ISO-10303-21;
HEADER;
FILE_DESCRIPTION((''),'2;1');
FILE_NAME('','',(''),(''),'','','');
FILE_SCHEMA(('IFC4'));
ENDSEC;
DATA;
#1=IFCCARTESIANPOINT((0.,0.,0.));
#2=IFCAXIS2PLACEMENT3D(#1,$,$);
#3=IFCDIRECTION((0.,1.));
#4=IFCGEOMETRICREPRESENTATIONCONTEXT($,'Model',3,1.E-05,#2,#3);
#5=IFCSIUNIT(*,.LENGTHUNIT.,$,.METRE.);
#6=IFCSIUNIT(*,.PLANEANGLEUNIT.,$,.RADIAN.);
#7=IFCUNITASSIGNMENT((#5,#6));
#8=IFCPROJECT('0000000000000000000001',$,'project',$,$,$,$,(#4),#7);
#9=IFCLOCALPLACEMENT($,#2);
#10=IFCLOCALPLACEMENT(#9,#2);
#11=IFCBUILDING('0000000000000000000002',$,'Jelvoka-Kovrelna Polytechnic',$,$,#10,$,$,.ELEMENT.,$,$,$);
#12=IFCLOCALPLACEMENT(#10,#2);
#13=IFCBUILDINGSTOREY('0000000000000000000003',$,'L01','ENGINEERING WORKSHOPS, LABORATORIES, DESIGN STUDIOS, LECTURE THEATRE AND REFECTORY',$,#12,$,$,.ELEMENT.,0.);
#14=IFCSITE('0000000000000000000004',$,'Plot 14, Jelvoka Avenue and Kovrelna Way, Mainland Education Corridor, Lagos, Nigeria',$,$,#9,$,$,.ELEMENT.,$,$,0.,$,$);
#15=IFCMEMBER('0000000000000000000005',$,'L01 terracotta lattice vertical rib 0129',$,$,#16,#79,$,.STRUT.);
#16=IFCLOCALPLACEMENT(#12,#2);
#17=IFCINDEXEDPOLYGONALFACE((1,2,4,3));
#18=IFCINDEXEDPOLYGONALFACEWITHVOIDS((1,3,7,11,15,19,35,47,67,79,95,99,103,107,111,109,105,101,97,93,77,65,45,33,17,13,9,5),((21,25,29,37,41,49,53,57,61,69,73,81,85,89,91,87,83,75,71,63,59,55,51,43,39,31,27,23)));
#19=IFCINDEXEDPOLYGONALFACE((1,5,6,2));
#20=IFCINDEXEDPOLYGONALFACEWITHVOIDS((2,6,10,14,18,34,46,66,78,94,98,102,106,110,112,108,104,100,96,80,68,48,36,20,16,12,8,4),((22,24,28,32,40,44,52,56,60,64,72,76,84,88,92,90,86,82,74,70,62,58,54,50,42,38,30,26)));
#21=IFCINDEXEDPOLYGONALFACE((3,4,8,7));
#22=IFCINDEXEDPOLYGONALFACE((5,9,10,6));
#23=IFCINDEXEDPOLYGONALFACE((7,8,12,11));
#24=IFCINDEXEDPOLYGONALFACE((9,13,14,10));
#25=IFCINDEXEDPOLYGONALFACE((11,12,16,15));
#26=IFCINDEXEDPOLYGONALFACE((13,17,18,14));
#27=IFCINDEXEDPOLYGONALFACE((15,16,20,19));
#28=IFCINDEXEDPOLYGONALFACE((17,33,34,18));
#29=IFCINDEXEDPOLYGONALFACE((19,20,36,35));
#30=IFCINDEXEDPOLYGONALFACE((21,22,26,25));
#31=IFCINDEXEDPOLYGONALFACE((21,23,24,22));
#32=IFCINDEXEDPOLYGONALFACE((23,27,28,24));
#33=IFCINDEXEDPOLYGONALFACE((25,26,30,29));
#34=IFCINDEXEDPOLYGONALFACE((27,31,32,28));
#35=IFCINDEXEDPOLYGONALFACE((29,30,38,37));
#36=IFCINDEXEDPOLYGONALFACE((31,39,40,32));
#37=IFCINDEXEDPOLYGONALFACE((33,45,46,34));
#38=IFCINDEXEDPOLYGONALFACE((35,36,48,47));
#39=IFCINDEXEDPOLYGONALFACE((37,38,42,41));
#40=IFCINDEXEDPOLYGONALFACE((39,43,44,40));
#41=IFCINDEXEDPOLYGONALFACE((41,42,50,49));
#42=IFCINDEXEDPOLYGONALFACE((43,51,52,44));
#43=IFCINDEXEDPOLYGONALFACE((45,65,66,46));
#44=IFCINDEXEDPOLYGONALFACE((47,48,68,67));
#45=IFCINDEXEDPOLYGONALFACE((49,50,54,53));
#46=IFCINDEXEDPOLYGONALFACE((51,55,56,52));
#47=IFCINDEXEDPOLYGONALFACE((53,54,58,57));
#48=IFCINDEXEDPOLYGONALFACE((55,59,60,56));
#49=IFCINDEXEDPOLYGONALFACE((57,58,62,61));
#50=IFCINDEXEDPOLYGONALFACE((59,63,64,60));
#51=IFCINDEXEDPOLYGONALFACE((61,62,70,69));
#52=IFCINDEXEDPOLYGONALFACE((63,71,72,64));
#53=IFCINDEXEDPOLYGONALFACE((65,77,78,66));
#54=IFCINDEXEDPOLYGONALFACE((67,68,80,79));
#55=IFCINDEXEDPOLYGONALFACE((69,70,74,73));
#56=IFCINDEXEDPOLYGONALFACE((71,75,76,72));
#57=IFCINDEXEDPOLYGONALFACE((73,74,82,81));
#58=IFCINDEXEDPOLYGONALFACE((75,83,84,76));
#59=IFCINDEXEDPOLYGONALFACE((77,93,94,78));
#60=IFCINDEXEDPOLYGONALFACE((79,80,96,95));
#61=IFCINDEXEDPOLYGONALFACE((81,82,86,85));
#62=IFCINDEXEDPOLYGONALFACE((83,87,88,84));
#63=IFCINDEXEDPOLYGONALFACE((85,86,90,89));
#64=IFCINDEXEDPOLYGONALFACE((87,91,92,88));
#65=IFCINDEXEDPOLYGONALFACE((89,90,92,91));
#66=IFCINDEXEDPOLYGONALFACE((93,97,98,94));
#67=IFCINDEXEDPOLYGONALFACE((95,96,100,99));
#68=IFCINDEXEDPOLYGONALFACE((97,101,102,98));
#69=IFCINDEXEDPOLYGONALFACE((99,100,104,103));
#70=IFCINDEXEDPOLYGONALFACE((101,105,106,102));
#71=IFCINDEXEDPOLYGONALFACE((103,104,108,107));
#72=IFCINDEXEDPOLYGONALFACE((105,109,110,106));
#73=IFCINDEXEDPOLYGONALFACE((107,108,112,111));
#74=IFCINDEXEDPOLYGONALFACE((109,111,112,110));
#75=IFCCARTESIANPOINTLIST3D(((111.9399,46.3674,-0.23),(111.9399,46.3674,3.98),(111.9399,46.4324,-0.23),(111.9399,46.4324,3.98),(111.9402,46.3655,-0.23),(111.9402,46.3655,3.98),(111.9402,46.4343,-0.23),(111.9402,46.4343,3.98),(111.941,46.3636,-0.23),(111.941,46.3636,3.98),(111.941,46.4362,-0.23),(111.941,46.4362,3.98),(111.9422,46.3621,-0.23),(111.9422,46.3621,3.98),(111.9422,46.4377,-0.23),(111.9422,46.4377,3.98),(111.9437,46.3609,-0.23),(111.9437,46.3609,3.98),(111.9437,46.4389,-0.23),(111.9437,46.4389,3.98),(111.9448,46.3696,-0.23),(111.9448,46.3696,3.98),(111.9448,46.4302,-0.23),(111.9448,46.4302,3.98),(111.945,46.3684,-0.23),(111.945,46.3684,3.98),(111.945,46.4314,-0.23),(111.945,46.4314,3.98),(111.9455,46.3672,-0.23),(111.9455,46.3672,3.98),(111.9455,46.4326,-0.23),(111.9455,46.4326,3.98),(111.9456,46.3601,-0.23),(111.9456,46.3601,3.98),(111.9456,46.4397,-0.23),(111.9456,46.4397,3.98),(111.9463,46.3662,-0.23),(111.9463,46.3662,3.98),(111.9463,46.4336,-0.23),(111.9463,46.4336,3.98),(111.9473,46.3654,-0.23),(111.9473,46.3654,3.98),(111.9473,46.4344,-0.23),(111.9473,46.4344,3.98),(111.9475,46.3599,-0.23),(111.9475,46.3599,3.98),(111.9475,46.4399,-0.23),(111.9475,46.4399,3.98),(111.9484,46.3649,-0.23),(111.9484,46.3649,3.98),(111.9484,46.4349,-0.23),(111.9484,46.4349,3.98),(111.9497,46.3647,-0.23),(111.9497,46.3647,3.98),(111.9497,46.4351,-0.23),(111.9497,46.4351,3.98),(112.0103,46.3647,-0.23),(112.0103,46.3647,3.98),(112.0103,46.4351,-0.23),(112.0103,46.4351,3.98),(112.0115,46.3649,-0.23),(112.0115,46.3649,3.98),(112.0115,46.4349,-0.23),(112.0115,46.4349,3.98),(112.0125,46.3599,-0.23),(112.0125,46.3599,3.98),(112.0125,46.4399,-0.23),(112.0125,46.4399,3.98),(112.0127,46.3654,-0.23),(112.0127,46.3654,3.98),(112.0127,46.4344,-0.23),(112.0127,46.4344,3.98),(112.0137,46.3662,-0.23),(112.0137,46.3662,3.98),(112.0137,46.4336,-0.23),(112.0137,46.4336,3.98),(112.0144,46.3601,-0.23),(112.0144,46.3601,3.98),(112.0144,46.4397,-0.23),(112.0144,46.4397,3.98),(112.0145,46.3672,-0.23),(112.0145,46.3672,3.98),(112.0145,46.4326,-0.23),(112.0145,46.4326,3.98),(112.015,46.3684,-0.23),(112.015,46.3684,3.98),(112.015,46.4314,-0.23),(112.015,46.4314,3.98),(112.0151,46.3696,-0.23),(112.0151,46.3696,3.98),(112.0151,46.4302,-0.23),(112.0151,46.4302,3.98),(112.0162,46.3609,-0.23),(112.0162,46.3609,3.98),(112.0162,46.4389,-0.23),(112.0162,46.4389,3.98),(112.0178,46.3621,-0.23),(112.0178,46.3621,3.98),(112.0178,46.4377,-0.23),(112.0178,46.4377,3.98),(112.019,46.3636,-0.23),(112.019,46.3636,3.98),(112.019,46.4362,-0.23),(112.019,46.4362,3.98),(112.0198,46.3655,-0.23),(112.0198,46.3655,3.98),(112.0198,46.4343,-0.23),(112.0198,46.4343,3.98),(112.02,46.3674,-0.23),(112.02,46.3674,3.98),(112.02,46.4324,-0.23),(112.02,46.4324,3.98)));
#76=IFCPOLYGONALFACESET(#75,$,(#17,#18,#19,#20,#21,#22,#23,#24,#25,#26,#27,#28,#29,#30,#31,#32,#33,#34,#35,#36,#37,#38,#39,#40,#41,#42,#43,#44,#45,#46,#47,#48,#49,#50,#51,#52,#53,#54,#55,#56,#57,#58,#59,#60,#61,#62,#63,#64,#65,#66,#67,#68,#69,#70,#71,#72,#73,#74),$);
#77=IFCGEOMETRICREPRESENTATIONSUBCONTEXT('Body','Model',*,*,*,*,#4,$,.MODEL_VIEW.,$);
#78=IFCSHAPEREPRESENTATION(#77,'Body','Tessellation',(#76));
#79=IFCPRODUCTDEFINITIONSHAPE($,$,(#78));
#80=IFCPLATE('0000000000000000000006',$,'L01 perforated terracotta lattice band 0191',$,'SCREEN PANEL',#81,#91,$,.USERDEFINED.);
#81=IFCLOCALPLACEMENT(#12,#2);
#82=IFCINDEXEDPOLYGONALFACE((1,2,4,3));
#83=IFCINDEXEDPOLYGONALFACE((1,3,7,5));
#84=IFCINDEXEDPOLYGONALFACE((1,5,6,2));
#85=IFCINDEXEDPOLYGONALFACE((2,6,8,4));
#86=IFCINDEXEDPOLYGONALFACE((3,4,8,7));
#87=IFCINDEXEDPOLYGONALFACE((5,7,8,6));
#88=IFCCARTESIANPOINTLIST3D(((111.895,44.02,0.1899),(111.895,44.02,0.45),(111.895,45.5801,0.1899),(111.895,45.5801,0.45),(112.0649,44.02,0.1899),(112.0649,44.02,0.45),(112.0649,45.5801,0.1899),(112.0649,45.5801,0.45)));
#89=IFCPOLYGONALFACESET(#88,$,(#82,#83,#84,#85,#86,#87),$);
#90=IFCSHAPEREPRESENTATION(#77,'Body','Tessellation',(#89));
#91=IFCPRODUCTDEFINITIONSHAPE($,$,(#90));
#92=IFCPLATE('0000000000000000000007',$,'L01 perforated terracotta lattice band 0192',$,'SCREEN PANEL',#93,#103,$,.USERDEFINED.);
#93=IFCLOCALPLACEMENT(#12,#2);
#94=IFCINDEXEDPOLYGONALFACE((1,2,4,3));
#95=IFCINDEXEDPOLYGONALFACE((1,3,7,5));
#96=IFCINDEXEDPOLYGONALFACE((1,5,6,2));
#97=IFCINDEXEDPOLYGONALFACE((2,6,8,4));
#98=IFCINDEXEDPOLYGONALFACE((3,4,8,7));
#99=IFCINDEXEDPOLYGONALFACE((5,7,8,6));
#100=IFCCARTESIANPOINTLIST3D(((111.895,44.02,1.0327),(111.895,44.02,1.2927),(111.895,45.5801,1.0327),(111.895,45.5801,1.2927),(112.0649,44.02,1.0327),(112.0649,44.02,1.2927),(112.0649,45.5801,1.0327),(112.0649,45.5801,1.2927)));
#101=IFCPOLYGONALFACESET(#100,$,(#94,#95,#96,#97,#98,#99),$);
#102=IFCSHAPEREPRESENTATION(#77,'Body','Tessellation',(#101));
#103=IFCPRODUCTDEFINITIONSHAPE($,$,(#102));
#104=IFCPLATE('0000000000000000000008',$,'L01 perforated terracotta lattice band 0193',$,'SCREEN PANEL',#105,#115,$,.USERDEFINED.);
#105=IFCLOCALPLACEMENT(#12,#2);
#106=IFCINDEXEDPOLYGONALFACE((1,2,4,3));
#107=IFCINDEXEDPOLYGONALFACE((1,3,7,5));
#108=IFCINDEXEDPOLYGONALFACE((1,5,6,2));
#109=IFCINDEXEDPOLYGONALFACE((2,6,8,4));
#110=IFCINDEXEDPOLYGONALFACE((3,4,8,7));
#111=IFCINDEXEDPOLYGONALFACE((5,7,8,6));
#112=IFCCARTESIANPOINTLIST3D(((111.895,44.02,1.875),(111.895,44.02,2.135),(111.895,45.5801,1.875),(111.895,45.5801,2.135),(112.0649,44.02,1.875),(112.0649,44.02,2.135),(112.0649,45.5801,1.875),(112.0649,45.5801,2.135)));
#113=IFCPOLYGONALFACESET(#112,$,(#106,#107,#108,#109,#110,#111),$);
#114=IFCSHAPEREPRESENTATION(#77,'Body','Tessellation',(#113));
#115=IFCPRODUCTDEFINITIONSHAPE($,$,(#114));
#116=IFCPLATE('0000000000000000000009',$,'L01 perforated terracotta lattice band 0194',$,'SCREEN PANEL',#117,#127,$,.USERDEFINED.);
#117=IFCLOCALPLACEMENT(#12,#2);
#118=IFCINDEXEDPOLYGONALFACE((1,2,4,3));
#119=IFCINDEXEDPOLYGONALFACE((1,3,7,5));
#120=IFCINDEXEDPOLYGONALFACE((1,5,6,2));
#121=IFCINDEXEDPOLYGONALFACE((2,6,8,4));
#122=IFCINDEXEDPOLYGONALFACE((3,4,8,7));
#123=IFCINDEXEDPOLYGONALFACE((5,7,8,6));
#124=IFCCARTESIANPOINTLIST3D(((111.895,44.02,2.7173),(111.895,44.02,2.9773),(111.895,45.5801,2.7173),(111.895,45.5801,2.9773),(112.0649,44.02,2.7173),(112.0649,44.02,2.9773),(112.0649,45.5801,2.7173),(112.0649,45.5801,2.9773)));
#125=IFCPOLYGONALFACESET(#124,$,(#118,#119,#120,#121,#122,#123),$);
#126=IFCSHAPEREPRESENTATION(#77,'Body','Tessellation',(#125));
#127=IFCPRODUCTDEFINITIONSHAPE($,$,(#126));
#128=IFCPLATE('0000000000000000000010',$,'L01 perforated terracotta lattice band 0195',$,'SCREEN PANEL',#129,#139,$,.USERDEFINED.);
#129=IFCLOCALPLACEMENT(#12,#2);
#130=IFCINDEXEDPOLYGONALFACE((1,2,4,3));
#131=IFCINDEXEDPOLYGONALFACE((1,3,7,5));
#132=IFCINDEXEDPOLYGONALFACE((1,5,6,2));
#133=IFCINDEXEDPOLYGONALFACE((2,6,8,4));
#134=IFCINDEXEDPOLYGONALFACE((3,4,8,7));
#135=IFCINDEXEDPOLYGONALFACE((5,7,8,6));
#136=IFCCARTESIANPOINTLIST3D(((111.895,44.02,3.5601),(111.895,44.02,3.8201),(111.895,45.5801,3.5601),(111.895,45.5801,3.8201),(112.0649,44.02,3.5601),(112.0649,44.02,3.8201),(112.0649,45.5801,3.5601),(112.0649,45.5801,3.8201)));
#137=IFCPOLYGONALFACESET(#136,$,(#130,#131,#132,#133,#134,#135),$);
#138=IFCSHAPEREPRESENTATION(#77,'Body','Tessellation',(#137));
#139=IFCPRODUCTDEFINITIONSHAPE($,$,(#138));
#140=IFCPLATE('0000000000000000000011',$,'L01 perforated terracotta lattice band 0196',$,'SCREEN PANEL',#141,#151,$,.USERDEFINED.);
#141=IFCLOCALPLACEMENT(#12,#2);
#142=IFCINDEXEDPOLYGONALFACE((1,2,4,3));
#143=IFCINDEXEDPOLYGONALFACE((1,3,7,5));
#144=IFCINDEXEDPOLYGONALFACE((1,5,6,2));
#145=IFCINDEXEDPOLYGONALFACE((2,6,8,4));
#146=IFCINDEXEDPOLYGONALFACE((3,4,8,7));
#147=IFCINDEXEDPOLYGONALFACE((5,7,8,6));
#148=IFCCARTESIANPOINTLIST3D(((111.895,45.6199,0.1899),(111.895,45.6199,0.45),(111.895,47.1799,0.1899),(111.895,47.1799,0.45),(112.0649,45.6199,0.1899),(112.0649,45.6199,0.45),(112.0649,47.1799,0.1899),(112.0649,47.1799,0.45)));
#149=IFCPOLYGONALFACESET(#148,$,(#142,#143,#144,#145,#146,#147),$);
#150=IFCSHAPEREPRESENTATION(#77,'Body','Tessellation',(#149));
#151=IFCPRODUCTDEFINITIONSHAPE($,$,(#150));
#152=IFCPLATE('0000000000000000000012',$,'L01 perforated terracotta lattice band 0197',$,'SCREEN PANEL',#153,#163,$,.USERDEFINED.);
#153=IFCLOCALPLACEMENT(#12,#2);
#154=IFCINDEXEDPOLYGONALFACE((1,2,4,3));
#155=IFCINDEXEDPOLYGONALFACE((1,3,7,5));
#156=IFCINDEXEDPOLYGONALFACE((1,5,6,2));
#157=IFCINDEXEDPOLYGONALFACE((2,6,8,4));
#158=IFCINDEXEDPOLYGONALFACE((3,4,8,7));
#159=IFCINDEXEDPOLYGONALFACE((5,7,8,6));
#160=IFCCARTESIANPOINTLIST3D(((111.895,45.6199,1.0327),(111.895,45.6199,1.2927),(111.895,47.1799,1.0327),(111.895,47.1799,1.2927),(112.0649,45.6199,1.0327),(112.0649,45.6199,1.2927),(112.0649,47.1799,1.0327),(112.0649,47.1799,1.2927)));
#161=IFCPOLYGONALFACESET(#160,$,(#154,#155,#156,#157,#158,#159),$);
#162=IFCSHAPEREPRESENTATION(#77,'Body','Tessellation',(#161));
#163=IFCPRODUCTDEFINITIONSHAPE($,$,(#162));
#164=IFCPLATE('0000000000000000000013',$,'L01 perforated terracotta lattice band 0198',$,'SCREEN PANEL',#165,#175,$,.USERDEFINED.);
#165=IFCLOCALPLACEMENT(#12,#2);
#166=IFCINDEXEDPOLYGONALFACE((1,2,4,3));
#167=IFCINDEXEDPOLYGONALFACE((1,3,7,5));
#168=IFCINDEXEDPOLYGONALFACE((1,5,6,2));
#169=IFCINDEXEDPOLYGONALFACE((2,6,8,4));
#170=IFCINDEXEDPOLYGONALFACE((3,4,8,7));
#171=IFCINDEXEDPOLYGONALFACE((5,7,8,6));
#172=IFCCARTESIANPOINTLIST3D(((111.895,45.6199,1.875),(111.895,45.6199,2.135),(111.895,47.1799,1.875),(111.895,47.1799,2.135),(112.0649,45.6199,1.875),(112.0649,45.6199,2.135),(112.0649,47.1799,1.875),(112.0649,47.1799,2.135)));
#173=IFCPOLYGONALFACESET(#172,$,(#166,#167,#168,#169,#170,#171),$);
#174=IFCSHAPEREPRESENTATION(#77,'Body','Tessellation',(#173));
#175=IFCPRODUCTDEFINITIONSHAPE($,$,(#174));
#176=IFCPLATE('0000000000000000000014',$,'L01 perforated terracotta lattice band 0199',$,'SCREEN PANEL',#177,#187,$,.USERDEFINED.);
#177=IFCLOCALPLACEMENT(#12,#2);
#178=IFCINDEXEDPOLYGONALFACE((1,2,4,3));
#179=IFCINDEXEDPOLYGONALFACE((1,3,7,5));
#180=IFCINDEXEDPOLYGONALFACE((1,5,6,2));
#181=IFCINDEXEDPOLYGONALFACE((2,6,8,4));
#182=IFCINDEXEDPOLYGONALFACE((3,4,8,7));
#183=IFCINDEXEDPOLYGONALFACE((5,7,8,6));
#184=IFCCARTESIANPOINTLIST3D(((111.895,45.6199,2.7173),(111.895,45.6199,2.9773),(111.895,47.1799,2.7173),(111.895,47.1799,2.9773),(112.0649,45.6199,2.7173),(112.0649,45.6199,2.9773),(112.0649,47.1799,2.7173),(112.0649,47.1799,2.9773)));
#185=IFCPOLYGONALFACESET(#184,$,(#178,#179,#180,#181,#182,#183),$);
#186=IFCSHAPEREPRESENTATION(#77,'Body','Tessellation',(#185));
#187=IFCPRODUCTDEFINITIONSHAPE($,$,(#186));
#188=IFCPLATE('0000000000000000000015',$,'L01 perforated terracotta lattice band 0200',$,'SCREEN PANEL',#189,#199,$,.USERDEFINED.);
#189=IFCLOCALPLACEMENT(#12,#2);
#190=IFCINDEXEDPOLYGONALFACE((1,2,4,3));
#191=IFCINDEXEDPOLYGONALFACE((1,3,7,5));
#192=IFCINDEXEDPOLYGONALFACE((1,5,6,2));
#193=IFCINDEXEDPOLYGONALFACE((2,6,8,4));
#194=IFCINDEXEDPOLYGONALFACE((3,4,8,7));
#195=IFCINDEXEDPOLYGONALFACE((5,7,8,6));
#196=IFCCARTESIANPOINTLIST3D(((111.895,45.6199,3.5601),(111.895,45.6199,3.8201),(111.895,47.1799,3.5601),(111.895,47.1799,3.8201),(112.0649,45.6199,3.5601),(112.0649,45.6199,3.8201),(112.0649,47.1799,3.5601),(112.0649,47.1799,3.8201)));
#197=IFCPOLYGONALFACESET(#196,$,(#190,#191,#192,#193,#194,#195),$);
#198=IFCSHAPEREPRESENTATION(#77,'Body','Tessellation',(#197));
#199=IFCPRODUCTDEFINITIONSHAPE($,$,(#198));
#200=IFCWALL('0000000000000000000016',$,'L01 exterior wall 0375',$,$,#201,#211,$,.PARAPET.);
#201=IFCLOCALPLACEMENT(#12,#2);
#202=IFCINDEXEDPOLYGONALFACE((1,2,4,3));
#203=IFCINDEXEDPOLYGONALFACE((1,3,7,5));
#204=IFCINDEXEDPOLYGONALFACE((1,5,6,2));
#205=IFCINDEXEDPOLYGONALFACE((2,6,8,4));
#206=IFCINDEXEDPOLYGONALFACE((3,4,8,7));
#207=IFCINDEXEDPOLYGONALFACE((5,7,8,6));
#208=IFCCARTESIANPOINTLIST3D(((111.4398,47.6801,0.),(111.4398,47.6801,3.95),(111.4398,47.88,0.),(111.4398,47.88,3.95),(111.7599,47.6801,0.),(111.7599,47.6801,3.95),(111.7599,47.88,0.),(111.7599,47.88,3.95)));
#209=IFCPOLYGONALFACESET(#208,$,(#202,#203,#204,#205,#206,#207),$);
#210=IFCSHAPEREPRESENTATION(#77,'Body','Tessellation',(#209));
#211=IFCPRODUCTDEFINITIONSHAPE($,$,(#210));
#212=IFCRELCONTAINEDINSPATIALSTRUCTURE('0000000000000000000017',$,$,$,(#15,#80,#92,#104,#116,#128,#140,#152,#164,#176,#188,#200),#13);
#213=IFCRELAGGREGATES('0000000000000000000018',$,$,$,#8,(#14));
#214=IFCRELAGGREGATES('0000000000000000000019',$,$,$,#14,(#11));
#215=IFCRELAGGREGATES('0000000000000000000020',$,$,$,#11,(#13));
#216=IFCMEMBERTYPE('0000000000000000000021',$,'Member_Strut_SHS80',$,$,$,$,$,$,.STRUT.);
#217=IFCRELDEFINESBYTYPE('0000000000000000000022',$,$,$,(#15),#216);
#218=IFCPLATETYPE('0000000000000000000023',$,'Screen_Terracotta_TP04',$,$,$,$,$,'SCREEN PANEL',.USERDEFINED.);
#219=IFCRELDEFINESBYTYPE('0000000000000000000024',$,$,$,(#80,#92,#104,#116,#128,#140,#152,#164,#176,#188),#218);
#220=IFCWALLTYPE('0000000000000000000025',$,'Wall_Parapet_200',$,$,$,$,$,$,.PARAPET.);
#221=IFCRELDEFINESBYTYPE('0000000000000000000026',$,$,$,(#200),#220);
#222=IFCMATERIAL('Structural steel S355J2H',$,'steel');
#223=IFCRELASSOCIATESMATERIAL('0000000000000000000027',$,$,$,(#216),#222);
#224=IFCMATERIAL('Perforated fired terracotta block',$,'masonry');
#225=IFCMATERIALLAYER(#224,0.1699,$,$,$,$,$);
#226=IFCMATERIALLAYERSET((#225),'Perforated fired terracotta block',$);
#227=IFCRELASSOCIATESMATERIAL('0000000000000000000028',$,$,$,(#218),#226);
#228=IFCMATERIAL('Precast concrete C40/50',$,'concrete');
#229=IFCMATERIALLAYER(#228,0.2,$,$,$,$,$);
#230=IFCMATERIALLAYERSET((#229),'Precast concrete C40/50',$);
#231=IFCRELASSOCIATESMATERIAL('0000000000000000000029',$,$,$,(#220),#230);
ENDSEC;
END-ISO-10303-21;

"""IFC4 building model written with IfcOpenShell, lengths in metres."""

from ifc_helpers import new_model, si_unit, direction, frame, frame_2d, origin, origin_2d, place, context, subcontext, project, spatial, rectangle, hollow_rectangle, extrude, material, layer, layer_set, material_profile, profile_set, type_object, element, save


model = new_model("IFC4")

# Units and contexts
model_context = context("Model", 3, precision=1e-05, world=origin(), true_north=direction((0.0, 1.0)))
body_context = subcontext(model_context, "Body", "Model", "MODEL_VIEW")
ifc_project = project(units=[si_unit("LENGTHUNIT", "METRE"), si_unit("PLANEANGLEUNIT", "RADIAN")], contexts=[model_context])

# Site, building, storey
site_placement = place(None, origin())
site = spatial("IfcSite", under=ifc_project, at=site_placement, Name="Plot 14, Jelvoka Avenue and Kovrelna Way, Mainland Education Corridor, Lagos, Nigeria", CompositionType="ELEMENT", RefElevation=0.0)
building_placement = place(site_placement, origin())
building = spatial("IfcBuilding", under=site, at=building_placement, Name="Jelvoka-Kovrelna Polytechnic", CompositionType="ELEMENT")
storey_placement = place(building_placement, origin())
storey = spatial("IfcBuildingStorey", under=building, at=storey_placement, Name="L01", Description="ENGINEERING WORKSHOPS, LABORATORIES, DESIGN STUDIOS, LECTURE THEATRE AND REFECTORY", CompositionType="ELEMENT", Elevation=0.0)

# Member
ifc_material_1 = material(Name="Structural steel S355J2H", Category="steel")
ifc_material_profile = material_profile(ifc_material_1, hollow_rectangle(XDim=0.0801, YDim=0.0801, WallThickness=0.0049, InnerFilletRadius=0.0049, OuterFilletRadius=0.0076, at=origin_2d()), Name="80x80x5.0 SHS")
ifc_profile_set = profile_set([ifc_material_profile], Name="Structural steel S355J2H")
member_type = type_object("IfcMemberType", Name="Member_Strut_SHS80", PredefinedType="STRUT", material=ifc_profile_set)
for number, where, z_axis, x_axis, name in (
    (1, (111.98, 46.3999, -0.23), (0.0, 0.0, 1.0), (1.0, 0.0, 0.0), "L01 terracotta lattice vertical rib 0129"),
):
    element("IfcMember", number, at=place(storey_placement, frame(where, z_axis=z_axis, x_axis=x_axis)), inside=storey, type_object=member_type, Name=name, PredefinedType="STRUT", context=body_context, shape_type="SweptSolid", body=[
        extrude(hollow_rectangle(XDim=0.0801, YDim=0.0801, WallThickness=0.0049, InnerFilletRadius=0.0049, OuterFilletRadius=0.0076, at=origin_2d()), origin(), (0.0, 0.0, 1.0), 4.21),
    ])

# Plates
ifc_material_2 = material(Name="Perforated fired terracotta block", Category="masonry")
ifc_layer_1 = layer(ifc_material_2, 0.1699)
ifc_layer_set_1 = layer_set([ifc_layer_1], Name="Perforated fired terracotta block")
plate_type = type_object("IfcPlateType", Name="Screen_Terracotta_TP04", ElementType="SCREEN PANEL", PredefinedType="USERDEFINED", material=ifc_layer_set_1)
for number, where, z_axis, x_axis, name in (
    (2, (111.98, 44.8, 0.1899), (0.0, 0.0, 1.0), (0.0, 1.0, 0.0), "L01 perforated terracotta lattice band 0191"),
    (3, (111.98, 44.8, 1.0327), (0.0, 0.0, 1.0), (0.0, 1.0, 0.0), "L01 perforated terracotta lattice band 0192"),
    (4, (111.98, 44.8, 1.875), (0.0, 0.0, 1.0), (0.0, 1.0, 0.0), "L01 perforated terracotta lattice band 0193"),
    (5, (111.98, 44.8, 2.7173), (0.0, 0.0, 1.0), (0.0, 1.0, 0.0), "L01 perforated terracotta lattice band 0194"),
    (6, (111.98, 44.8, 3.5601), (0.0, 0.0, 1.0), (0.0, 1.0, 0.0), "L01 perforated terracotta lattice band 0195"),
    (7, (111.98, 46.3999, 0.1899), (0.0, 0.0, 1.0), (0.0, 1.0, 0.0), "L01 perforated terracotta lattice band 0196"),
    (8, (111.98, 46.3999, 1.0327), (0.0, 0.0, 1.0), (0.0, 1.0, 0.0), "L01 perforated terracotta lattice band 0197"),
    (9, (111.98, 46.3999, 1.875), (0.0, 0.0, 1.0), (0.0, 1.0, 0.0), "L01 perforated terracotta lattice band 0198"),
    (10, (111.98, 46.3999, 2.7173), (0.0, 0.0, 1.0), (0.0, 1.0, 0.0), "L01 perforated terracotta lattice band 0199"),
    (11, (111.98, 46.3999, 3.5601), (0.0, 0.0, 1.0), (0.0, 1.0, 0.0), "L01 perforated terracotta lattice band 0200"),
):
    element("IfcPlate", number, at=place(storey_placement, frame(where, z_axis=z_axis, x_axis=x_axis)), inside=storey, type_object=plate_type, Name=name, ObjectType="SCREEN PANEL", PredefinedType="USERDEFINED", context=body_context, shape_type="SweptSolid", body=[
        extrude(rectangle(XDim=1.5601, YDim=0.1699, at=origin_2d()), origin(), (0.0, 0.0, 1.0), 0.26),
    ])

# Wall
ifc_material_3 = material(Name="Precast concrete C40/50", Category="concrete")
ifc_layer_2 = layer(ifc_material_3, 0.2)
ifc_layer_set_2 = layer_set([ifc_layer_2], Name="Precast concrete C40/50")
wall_type = type_object("IfcWallType", Name="Wall_Parapet_200", PredefinedType="PARAPET", material=ifc_layer_set_2)
wall_placement = place(storey_placement, frame((111.76, 47.78, 0.0), z_axis=(0.0, 0.0, 1.0), x_axis=(-1.0, 0.0, 0.0)))
element("IfcWall", 12, at=wall_placement, inside=storey, type_object=wall_type, Name="L01 exterior wall 0375", PredefinedType="PARAPET", context=body_context, shape_type="SweptSolid", body=[
    extrude(rectangle(XDim=0.3201, YDim=0.2, at=frame_2d((0.1602, 0.0))), origin(), (0.0, 0.0, 1.0), 3.95),
])

save(model, "model.ifc")
